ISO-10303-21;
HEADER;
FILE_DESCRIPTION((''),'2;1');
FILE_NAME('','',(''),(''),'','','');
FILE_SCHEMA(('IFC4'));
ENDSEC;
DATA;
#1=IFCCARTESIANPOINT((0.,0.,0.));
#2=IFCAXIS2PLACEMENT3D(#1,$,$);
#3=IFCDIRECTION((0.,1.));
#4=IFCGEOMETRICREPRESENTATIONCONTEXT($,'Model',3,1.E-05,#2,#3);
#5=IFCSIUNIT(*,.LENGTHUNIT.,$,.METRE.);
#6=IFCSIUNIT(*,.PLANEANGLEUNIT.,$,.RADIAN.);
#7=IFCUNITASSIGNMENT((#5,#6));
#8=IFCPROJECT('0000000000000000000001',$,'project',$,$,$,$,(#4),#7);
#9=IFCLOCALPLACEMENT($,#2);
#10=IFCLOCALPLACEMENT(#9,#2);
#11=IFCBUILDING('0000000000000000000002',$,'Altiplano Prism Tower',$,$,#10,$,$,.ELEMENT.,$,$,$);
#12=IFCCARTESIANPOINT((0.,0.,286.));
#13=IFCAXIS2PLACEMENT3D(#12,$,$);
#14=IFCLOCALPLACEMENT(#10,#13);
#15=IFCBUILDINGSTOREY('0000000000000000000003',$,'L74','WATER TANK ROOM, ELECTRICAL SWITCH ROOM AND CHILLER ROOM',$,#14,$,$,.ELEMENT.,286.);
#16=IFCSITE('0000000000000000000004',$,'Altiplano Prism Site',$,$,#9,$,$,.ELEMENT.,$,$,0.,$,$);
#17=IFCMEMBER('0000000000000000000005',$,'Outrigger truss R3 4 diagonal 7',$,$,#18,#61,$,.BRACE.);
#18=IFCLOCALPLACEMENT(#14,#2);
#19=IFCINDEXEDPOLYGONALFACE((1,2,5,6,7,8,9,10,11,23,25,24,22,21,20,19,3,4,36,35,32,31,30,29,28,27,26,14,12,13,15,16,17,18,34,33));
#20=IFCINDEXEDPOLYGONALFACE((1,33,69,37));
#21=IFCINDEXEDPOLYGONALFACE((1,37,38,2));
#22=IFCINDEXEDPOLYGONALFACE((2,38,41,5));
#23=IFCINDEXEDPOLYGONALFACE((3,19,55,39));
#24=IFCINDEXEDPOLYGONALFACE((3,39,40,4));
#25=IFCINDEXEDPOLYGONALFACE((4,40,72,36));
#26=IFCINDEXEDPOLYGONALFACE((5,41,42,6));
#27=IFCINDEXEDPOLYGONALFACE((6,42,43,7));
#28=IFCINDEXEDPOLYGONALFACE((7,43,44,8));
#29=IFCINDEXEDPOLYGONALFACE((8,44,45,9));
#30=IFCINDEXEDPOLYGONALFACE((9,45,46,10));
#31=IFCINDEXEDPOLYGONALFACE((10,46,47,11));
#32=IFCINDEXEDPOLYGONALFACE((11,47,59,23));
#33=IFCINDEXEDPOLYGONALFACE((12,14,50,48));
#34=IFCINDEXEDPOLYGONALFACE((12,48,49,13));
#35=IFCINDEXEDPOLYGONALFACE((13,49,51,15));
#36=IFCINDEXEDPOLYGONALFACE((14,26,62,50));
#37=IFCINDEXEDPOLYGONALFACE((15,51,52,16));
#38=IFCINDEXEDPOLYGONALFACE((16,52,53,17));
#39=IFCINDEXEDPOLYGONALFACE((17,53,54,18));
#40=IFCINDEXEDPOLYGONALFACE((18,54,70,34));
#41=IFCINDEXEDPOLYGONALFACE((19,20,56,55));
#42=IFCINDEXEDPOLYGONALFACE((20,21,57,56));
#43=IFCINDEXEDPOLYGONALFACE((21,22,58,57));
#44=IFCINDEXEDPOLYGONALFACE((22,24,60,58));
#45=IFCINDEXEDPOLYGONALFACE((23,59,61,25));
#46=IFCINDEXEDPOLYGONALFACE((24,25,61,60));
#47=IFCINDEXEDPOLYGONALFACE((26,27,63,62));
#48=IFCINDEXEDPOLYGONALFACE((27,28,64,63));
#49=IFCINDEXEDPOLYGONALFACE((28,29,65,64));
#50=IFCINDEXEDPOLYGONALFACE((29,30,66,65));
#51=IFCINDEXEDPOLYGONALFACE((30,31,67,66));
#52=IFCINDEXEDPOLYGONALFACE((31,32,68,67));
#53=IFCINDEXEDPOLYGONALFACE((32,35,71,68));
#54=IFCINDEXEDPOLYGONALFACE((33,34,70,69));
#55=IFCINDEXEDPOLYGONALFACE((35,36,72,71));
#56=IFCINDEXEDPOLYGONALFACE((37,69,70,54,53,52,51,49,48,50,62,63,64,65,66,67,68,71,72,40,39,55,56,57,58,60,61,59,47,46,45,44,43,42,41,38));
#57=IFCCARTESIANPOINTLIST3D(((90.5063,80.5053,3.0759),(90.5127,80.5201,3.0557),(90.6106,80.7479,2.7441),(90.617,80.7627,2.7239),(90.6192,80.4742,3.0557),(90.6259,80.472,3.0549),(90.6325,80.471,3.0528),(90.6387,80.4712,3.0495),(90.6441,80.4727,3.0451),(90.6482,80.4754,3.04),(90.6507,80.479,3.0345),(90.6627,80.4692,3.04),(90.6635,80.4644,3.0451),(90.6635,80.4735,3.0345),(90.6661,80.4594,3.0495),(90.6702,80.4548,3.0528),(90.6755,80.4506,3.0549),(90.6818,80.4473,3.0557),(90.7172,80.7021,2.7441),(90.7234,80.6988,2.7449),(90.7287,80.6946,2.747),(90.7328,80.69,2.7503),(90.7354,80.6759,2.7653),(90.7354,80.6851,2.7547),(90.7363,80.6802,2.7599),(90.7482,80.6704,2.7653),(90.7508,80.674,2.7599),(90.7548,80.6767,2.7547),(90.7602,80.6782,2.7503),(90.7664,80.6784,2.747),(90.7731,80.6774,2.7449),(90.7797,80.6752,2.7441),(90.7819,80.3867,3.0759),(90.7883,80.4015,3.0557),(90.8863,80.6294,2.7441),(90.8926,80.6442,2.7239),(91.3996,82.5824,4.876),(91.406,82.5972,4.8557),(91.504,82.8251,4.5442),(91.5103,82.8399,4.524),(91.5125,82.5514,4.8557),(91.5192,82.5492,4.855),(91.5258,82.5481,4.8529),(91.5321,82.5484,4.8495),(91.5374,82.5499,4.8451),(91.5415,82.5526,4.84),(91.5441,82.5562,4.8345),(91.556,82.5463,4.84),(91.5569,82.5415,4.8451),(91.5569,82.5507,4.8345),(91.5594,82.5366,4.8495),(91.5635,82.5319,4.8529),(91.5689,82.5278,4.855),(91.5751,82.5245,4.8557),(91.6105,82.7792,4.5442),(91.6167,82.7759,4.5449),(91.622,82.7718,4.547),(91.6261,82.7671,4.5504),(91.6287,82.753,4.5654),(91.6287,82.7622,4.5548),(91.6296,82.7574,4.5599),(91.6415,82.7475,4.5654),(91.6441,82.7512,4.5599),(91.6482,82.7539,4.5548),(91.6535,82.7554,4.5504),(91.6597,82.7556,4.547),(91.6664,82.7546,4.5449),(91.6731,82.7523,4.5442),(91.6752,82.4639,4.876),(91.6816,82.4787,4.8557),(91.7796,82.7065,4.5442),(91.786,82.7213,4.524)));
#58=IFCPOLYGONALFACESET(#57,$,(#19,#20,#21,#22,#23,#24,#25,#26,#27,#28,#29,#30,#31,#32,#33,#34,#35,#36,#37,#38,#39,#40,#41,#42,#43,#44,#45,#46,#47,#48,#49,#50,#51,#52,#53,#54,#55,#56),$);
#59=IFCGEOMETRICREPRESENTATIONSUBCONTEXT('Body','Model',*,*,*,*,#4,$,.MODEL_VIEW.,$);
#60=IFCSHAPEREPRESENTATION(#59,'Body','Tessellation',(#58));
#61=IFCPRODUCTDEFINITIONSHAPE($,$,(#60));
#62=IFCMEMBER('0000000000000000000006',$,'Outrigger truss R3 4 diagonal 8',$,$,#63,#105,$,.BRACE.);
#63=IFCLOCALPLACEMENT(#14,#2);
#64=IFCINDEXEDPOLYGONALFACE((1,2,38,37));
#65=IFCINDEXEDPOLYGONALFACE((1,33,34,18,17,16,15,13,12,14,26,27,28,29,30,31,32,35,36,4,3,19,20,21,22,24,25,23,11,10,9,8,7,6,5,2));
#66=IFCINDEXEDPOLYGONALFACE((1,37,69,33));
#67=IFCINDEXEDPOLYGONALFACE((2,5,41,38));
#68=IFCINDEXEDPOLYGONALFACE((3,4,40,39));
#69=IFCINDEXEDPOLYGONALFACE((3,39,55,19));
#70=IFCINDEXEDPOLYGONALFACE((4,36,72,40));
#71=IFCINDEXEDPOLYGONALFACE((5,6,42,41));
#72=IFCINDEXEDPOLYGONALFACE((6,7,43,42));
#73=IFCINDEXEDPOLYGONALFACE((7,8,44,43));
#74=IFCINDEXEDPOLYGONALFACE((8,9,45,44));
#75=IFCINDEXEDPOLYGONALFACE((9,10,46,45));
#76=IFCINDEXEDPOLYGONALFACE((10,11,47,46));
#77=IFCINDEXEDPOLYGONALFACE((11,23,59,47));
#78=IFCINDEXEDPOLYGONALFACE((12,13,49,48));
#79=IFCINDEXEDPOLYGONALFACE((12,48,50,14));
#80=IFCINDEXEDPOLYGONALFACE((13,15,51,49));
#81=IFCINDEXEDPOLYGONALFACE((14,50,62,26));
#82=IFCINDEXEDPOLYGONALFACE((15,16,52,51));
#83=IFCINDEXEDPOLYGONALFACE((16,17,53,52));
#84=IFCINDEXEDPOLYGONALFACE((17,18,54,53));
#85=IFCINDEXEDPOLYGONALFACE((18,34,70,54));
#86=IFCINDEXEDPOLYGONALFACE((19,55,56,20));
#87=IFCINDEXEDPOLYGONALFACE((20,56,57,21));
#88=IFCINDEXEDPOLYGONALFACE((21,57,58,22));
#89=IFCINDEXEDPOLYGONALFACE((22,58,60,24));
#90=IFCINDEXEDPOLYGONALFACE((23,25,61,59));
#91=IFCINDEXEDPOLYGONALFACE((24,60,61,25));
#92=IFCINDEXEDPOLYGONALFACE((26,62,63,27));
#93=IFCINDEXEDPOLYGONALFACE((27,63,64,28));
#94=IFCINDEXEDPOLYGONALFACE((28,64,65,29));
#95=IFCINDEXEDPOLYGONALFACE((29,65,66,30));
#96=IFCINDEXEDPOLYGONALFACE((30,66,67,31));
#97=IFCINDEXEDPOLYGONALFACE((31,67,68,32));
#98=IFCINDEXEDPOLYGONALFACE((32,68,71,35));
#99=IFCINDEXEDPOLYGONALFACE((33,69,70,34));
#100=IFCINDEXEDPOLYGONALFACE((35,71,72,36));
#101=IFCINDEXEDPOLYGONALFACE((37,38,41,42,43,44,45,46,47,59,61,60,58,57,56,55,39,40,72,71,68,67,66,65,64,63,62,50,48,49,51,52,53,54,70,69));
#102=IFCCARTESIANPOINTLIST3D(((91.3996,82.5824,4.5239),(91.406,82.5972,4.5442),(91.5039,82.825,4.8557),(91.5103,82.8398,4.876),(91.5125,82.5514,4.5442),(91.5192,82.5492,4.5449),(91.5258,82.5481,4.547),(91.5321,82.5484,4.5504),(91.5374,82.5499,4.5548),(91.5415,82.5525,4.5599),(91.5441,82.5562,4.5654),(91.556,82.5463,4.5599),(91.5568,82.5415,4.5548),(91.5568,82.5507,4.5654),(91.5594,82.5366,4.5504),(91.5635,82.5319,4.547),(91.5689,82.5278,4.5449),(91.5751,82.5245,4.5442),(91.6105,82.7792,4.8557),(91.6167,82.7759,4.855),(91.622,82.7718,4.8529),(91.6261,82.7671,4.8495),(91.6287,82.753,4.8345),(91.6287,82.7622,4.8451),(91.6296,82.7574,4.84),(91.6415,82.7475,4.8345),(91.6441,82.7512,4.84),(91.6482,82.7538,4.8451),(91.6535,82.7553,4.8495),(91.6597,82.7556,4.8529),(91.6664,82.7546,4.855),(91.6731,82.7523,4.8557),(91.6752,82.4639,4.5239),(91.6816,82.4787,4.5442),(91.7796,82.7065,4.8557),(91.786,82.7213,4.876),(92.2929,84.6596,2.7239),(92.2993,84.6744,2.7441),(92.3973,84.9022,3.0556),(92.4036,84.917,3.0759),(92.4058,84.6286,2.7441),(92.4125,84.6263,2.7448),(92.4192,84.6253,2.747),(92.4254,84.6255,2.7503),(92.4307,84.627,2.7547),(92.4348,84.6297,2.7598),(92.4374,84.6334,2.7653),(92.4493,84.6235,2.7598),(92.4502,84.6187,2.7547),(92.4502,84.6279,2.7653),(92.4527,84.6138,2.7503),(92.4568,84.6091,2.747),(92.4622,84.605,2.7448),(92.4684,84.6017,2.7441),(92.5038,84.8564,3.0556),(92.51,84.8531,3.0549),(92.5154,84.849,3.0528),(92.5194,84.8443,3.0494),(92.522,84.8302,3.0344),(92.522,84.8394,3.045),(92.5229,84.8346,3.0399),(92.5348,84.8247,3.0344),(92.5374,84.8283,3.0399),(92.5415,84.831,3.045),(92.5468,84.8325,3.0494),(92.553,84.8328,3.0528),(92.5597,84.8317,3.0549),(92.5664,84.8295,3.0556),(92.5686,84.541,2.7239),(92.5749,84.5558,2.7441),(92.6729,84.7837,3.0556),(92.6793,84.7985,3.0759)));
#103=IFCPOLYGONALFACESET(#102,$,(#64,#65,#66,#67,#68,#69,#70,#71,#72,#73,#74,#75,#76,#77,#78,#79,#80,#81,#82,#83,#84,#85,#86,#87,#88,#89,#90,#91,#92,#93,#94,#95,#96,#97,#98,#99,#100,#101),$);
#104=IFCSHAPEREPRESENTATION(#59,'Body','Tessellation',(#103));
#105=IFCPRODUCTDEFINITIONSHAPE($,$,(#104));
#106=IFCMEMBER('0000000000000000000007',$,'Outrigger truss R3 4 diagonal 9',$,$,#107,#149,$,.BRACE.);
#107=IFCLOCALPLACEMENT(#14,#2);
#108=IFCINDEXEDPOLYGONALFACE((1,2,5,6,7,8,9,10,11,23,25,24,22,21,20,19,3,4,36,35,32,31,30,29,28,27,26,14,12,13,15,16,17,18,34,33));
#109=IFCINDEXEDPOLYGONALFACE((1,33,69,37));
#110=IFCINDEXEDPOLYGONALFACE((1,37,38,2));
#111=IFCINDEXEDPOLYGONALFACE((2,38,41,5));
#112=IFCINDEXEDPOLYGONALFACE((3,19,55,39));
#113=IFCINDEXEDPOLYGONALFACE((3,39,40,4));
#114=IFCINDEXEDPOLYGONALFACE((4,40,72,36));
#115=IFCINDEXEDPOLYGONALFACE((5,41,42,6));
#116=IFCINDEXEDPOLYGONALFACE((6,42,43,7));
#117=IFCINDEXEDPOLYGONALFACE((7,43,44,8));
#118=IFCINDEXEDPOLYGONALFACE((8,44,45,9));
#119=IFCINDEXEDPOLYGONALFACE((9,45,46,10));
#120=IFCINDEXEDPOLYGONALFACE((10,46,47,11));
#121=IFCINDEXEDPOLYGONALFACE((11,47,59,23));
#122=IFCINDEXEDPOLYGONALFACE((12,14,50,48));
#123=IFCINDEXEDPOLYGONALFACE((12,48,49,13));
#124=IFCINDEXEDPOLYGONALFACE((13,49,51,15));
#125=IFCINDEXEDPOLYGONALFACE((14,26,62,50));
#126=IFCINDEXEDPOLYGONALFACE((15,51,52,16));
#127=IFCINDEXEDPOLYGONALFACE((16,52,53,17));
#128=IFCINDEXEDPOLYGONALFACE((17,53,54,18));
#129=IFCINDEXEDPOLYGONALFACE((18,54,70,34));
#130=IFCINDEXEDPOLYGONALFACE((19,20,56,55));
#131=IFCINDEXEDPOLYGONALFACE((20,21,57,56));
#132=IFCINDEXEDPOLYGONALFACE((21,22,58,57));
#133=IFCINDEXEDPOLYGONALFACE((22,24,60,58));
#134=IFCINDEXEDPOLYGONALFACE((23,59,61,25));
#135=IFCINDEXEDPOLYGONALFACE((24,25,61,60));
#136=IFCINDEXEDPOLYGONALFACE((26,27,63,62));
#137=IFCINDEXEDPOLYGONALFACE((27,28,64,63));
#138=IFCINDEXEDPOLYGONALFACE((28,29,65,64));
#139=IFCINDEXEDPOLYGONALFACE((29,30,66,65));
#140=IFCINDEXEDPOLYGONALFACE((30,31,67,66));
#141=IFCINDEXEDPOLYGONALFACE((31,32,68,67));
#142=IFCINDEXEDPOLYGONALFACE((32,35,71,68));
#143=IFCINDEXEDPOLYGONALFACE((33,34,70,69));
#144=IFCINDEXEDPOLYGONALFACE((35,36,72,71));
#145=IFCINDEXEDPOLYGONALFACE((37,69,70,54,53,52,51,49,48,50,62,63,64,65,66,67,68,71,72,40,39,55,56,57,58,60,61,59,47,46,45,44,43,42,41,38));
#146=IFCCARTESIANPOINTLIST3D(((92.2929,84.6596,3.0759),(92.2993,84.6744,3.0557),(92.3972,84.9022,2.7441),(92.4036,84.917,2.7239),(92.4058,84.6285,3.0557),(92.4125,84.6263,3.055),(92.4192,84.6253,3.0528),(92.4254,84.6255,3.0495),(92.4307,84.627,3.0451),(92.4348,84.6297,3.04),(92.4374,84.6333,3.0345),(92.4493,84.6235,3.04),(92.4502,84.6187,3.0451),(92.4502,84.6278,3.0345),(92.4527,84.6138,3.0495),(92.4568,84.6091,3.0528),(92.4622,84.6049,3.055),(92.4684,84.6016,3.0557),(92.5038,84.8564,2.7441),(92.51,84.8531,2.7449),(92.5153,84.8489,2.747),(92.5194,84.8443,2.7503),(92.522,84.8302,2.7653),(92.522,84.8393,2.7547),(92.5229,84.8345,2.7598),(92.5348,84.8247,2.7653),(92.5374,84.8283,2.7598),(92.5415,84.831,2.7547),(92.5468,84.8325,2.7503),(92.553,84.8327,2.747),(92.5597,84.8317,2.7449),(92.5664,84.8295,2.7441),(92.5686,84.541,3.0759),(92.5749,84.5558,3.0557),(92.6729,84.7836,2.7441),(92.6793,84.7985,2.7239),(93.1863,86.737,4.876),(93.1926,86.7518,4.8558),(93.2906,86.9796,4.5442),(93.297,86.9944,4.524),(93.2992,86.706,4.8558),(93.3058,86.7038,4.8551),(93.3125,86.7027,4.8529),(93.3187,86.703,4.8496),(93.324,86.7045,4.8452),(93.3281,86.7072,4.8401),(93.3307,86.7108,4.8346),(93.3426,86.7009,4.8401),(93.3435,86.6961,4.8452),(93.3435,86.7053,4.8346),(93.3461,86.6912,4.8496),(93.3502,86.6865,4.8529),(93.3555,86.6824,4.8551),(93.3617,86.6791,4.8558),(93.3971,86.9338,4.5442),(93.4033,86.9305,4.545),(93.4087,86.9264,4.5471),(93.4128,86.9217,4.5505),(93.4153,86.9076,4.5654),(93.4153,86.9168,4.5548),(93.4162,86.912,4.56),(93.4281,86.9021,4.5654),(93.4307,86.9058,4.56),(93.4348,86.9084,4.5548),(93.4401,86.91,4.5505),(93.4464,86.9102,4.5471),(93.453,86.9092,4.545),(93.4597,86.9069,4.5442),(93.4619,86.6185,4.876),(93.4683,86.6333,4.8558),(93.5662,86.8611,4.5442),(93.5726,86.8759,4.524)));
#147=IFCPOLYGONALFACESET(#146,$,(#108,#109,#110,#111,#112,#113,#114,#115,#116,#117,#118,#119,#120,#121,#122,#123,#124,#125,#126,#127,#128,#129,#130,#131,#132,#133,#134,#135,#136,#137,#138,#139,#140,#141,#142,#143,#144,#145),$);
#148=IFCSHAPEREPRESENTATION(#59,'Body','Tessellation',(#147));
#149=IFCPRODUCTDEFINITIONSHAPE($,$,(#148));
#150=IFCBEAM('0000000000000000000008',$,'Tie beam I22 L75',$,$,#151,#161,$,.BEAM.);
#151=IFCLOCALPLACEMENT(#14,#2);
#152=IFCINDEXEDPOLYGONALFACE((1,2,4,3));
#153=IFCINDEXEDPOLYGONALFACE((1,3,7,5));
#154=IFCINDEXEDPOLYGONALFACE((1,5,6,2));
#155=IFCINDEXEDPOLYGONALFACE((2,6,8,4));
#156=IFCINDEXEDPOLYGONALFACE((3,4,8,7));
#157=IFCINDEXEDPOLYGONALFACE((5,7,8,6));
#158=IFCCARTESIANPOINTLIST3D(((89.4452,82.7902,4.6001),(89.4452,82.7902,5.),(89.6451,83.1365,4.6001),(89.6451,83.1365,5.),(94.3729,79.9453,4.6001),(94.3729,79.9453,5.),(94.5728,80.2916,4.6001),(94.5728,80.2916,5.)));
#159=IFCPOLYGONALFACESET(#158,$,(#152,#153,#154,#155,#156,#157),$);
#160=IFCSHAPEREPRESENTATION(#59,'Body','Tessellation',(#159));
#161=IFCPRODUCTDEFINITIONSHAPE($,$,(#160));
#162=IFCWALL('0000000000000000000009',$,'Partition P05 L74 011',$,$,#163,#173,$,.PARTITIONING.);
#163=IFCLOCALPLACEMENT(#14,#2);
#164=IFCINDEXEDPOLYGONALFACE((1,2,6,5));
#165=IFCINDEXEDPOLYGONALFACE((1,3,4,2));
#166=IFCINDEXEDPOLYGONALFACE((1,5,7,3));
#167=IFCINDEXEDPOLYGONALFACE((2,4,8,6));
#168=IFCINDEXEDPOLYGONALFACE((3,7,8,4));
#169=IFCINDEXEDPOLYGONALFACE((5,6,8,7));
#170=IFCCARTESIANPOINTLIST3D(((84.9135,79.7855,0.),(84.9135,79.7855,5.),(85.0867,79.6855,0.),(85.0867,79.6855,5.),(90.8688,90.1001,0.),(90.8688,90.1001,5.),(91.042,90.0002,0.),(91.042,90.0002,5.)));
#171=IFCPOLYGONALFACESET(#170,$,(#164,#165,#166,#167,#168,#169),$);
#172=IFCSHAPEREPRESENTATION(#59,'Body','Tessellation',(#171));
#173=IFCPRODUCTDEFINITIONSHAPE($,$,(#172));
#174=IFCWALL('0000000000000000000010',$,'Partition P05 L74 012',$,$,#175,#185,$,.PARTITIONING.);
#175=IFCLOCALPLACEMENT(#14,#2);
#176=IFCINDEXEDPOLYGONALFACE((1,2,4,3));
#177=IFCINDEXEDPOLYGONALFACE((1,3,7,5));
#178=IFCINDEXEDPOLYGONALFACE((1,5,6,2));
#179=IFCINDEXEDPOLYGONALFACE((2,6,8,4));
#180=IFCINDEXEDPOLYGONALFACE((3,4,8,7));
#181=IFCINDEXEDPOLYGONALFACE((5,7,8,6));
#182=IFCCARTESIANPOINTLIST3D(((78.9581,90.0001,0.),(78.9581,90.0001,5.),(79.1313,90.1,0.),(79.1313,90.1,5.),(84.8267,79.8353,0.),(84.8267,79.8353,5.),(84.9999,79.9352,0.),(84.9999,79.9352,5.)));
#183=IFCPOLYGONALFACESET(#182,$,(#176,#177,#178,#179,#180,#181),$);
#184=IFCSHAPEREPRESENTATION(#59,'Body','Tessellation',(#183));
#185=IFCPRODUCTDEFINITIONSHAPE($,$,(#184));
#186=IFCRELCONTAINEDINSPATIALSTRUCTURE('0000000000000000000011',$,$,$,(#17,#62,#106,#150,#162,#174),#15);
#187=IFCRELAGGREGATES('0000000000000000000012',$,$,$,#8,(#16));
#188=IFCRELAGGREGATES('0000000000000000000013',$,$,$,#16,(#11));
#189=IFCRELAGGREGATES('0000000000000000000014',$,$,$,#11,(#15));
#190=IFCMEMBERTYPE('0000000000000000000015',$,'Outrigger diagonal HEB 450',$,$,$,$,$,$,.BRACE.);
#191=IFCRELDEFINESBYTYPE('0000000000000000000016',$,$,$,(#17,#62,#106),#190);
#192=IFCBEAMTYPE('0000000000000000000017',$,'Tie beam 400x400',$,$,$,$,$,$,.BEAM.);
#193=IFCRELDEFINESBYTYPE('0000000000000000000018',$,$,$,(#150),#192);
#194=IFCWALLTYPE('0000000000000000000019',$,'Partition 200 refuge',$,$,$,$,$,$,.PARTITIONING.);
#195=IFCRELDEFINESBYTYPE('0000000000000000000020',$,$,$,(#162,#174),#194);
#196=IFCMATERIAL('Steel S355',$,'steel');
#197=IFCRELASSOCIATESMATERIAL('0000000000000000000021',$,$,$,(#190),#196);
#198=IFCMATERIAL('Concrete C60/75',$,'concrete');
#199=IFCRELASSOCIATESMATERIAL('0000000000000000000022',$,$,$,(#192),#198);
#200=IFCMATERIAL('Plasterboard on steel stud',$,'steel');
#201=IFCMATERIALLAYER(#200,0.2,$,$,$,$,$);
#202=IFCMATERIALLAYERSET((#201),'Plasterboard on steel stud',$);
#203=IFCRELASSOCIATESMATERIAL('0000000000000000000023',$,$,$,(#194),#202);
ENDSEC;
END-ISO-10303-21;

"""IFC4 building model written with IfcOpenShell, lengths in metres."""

from ifc_helpers import new_model, si_unit, direction, frame, frame_2d, origin, origin_2d, place, context, subcontext, project, spatial, rectangle, i_section, extrude, material, layer, layer_set, material_profile, profile_set, type_object, element, save


model = new_model("IFC4")

# Units and contexts
model_context = context("Model", 3, precision=1e-05, world=origin(), true_north=direction((0.0, 1.0)))
body_context = subcontext(model_context, "Body", "Model", "MODEL_VIEW")
ifc_project = project(units=[si_unit("LENGTHUNIT", "METRE"), si_unit("PLANEANGLEUNIT", "RADIAN")], contexts=[model_context])

# Site, building, storey
site_placement = place(None, origin())
site = spatial("IfcSite", under=ifc_project, at=site_placement, Name="Altiplano Prism Site", CompositionType="ELEMENT", RefElevation=0.0)
building_placement = place(site_placement, origin())
building = spatial("IfcBuilding", under=site, at=building_placement, Name="Altiplano Prism Tower", CompositionType="ELEMENT")
storey_placement = place(building_placement, frame((0.0, 0.0, 286.0)))
storey = spatial("IfcBuildingStorey", under=building, at=storey_placement, Name="L74", Description="WATER TANK ROOM, ELECTRICAL SWITCH ROOM AND CHILLER ROOM", CompositionType="ELEMENT", Elevation=286.0)

# Shared definitions
ifc_material_1 = material(Name="Concrete C60/75", Category="concrete")

# Members
ifc_material_2 = material(Name="Steel S355", Category="steel")
ifc_material_profile_1 = material_profile(ifc_material_2, i_section(OverallWidth=0.3, OverallDepth=0.45, WebThickness=0.0139, FlangeThickness=0.0259, FilletRadius=0.0271, at=origin_2d()), Name="Outrigger diagonal HEB 450")
ifc_profile_set_1 = profile_set([ifc_material_profile_1], Name="Steel S355")
member_type_1 = type_object("IfcMemberType", Name="Outrigger diagonal HEB 450", PredefinedType="BRACE", material=ifc_profile_set_1)
for number, where, z_axis, x_axis, name in (
    (1, (90.6995, 80.5747, 2.8999), (0.309092, 0.71871, 0.622831), (-0.918647, 0.395079, 0.0), "Outrigger truss R3 4 diagonal 7"),
    (2, (91.5928, 82.6519, 4.7), (0.309092, 0.71871, -0.622831), (-0.918647, 0.395079, 0.0), "Outrigger truss R3 4 diagonal 8"),
):
    element("IfcMember", number, at=place(storey_placement, frame(where, z_axis=z_axis, x_axis=x_axis)), inside=storey, type_object=member_type_1, Name=name, PredefinedType="BRACE", context=body_context, shape_type="SweptSolid", body=[
        extrude(i_section(OverallWidth=0.3, OverallDepth=0.45, WebThickness=0.0139, FlangeThickness=0.0259, FilletRadius=0.0271, at=origin_2d()), origin(), (0.0, 0.0, 1.0), 2.8901),
    ])
member_1_placement = place(storey_placement, frame((92.4861, 84.729, 2.8999), z_axis=(0.309074, 0.71875, 0.622793), x_axis=(-0.918664, 0.39504, 0.0)))
element("IfcMember", 3, at=member_1_placement, inside=storey, type_object=member_type_1, Name="Outrigger truss R3 4 diagonal 9", PredefinedType="BRACE", context=body_context, shape_type="SweptSolid", body=[
    extrude(i_section(OverallWidth=0.3, OverallDepth=0.45, WebThickness=0.0139, FlangeThickness=0.0259, FilletRadius=0.0271, at=origin_2d()), origin(), (0.0, 0.0, 1.0), 2.8904),
])

# Beam
ifc_material_profile_2 = material_profile(ifc_material_1, rectangle(XDim=0.3999, YDim=0.3999, at=origin_2d()), Name="Tie beam 400x400")
ifc_profile_set_2 = profile_set([ifc_material_profile_2], Name="Concrete C60/75")
beam_type = type_object("IfcBeamType", Name="Tie beam 400x400", PredefinedType="BEAM", material=ifc_profile_set_2)
beam_placement = place(storey_placement, frame((89.5452, 82.9634, 4.8), z_axis=(0.86603, -0.499992, 0.0), x_axis=(0.499992, 0.86603, 0.0)))
element("IfcBeam", 4, at=beam_placement, inside=storey, type_object=beam_type, Name="Tie beam I22 L75", PredefinedType="BEAM", context=body_context, shape_type="SweptSolid", body=[
    extrude(rectangle(XDim=0.3999, YDim=0.3999, at=origin_2d()), origin(), (0.0, 0.0, 1.0), 5.6899),
])

# Shared definitions
ifc_material_3 = material(Name="Plasterboard on steel stud", Category="steel")

# Walls
ifc_layer_1 = layer(ifc_material_3, 0.2)
ifc_layer_set_1 = layer_set([ifc_layer_1], Name="Plasterboard on steel stud")
wall_type_1 = type_object("IfcWallType", Name="Partition 200 refuge", PredefinedType="PARTITIONING", material=ifc_layer_set_1)
wall_1_placement = place(storey_placement, frame((90.9553, 90.05, 0.0), z_axis=(0.0, 0.0, 1.0), x_axis=(-0.500008, -0.866021, 0.0)))
element("IfcWall", 5, at=wall_1_placement, inside=storey, type_object=wall_type_1, Name="Partition P05 L74 011", PredefinedType="PARTITIONING", context=body_context, shape_type="SweptSolid", body=[
    extrude(rectangle(XDim=11.9104, YDim=0.2, at=frame_2d((5.9551, 0.0))), origin(), (0.0, 0.0, 1.0), 5.0),
])
wall_2_placement = place(storey_placement, frame((84.9133, 79.8853, 0.0), z_axis=(0.0, 0.0, 1.0), x_axis=(-0.5, 0.866025, 0.0)))
element("IfcWall", 6, at=wall_2_placement, inside=storey, type_object=wall_type_1, Name="Partition P05 L74 012", PredefinedType="PARTITIONING", context=body_context, shape_type="SweptSolid", body=[
    extrude(rectangle(XDim=11.7373, YDim=0.2, at=frame_2d((5.8687, 0.0))), origin(), (0.0, 0.0, 1.0), 5.0),
])

save(model, "model.ifc")
